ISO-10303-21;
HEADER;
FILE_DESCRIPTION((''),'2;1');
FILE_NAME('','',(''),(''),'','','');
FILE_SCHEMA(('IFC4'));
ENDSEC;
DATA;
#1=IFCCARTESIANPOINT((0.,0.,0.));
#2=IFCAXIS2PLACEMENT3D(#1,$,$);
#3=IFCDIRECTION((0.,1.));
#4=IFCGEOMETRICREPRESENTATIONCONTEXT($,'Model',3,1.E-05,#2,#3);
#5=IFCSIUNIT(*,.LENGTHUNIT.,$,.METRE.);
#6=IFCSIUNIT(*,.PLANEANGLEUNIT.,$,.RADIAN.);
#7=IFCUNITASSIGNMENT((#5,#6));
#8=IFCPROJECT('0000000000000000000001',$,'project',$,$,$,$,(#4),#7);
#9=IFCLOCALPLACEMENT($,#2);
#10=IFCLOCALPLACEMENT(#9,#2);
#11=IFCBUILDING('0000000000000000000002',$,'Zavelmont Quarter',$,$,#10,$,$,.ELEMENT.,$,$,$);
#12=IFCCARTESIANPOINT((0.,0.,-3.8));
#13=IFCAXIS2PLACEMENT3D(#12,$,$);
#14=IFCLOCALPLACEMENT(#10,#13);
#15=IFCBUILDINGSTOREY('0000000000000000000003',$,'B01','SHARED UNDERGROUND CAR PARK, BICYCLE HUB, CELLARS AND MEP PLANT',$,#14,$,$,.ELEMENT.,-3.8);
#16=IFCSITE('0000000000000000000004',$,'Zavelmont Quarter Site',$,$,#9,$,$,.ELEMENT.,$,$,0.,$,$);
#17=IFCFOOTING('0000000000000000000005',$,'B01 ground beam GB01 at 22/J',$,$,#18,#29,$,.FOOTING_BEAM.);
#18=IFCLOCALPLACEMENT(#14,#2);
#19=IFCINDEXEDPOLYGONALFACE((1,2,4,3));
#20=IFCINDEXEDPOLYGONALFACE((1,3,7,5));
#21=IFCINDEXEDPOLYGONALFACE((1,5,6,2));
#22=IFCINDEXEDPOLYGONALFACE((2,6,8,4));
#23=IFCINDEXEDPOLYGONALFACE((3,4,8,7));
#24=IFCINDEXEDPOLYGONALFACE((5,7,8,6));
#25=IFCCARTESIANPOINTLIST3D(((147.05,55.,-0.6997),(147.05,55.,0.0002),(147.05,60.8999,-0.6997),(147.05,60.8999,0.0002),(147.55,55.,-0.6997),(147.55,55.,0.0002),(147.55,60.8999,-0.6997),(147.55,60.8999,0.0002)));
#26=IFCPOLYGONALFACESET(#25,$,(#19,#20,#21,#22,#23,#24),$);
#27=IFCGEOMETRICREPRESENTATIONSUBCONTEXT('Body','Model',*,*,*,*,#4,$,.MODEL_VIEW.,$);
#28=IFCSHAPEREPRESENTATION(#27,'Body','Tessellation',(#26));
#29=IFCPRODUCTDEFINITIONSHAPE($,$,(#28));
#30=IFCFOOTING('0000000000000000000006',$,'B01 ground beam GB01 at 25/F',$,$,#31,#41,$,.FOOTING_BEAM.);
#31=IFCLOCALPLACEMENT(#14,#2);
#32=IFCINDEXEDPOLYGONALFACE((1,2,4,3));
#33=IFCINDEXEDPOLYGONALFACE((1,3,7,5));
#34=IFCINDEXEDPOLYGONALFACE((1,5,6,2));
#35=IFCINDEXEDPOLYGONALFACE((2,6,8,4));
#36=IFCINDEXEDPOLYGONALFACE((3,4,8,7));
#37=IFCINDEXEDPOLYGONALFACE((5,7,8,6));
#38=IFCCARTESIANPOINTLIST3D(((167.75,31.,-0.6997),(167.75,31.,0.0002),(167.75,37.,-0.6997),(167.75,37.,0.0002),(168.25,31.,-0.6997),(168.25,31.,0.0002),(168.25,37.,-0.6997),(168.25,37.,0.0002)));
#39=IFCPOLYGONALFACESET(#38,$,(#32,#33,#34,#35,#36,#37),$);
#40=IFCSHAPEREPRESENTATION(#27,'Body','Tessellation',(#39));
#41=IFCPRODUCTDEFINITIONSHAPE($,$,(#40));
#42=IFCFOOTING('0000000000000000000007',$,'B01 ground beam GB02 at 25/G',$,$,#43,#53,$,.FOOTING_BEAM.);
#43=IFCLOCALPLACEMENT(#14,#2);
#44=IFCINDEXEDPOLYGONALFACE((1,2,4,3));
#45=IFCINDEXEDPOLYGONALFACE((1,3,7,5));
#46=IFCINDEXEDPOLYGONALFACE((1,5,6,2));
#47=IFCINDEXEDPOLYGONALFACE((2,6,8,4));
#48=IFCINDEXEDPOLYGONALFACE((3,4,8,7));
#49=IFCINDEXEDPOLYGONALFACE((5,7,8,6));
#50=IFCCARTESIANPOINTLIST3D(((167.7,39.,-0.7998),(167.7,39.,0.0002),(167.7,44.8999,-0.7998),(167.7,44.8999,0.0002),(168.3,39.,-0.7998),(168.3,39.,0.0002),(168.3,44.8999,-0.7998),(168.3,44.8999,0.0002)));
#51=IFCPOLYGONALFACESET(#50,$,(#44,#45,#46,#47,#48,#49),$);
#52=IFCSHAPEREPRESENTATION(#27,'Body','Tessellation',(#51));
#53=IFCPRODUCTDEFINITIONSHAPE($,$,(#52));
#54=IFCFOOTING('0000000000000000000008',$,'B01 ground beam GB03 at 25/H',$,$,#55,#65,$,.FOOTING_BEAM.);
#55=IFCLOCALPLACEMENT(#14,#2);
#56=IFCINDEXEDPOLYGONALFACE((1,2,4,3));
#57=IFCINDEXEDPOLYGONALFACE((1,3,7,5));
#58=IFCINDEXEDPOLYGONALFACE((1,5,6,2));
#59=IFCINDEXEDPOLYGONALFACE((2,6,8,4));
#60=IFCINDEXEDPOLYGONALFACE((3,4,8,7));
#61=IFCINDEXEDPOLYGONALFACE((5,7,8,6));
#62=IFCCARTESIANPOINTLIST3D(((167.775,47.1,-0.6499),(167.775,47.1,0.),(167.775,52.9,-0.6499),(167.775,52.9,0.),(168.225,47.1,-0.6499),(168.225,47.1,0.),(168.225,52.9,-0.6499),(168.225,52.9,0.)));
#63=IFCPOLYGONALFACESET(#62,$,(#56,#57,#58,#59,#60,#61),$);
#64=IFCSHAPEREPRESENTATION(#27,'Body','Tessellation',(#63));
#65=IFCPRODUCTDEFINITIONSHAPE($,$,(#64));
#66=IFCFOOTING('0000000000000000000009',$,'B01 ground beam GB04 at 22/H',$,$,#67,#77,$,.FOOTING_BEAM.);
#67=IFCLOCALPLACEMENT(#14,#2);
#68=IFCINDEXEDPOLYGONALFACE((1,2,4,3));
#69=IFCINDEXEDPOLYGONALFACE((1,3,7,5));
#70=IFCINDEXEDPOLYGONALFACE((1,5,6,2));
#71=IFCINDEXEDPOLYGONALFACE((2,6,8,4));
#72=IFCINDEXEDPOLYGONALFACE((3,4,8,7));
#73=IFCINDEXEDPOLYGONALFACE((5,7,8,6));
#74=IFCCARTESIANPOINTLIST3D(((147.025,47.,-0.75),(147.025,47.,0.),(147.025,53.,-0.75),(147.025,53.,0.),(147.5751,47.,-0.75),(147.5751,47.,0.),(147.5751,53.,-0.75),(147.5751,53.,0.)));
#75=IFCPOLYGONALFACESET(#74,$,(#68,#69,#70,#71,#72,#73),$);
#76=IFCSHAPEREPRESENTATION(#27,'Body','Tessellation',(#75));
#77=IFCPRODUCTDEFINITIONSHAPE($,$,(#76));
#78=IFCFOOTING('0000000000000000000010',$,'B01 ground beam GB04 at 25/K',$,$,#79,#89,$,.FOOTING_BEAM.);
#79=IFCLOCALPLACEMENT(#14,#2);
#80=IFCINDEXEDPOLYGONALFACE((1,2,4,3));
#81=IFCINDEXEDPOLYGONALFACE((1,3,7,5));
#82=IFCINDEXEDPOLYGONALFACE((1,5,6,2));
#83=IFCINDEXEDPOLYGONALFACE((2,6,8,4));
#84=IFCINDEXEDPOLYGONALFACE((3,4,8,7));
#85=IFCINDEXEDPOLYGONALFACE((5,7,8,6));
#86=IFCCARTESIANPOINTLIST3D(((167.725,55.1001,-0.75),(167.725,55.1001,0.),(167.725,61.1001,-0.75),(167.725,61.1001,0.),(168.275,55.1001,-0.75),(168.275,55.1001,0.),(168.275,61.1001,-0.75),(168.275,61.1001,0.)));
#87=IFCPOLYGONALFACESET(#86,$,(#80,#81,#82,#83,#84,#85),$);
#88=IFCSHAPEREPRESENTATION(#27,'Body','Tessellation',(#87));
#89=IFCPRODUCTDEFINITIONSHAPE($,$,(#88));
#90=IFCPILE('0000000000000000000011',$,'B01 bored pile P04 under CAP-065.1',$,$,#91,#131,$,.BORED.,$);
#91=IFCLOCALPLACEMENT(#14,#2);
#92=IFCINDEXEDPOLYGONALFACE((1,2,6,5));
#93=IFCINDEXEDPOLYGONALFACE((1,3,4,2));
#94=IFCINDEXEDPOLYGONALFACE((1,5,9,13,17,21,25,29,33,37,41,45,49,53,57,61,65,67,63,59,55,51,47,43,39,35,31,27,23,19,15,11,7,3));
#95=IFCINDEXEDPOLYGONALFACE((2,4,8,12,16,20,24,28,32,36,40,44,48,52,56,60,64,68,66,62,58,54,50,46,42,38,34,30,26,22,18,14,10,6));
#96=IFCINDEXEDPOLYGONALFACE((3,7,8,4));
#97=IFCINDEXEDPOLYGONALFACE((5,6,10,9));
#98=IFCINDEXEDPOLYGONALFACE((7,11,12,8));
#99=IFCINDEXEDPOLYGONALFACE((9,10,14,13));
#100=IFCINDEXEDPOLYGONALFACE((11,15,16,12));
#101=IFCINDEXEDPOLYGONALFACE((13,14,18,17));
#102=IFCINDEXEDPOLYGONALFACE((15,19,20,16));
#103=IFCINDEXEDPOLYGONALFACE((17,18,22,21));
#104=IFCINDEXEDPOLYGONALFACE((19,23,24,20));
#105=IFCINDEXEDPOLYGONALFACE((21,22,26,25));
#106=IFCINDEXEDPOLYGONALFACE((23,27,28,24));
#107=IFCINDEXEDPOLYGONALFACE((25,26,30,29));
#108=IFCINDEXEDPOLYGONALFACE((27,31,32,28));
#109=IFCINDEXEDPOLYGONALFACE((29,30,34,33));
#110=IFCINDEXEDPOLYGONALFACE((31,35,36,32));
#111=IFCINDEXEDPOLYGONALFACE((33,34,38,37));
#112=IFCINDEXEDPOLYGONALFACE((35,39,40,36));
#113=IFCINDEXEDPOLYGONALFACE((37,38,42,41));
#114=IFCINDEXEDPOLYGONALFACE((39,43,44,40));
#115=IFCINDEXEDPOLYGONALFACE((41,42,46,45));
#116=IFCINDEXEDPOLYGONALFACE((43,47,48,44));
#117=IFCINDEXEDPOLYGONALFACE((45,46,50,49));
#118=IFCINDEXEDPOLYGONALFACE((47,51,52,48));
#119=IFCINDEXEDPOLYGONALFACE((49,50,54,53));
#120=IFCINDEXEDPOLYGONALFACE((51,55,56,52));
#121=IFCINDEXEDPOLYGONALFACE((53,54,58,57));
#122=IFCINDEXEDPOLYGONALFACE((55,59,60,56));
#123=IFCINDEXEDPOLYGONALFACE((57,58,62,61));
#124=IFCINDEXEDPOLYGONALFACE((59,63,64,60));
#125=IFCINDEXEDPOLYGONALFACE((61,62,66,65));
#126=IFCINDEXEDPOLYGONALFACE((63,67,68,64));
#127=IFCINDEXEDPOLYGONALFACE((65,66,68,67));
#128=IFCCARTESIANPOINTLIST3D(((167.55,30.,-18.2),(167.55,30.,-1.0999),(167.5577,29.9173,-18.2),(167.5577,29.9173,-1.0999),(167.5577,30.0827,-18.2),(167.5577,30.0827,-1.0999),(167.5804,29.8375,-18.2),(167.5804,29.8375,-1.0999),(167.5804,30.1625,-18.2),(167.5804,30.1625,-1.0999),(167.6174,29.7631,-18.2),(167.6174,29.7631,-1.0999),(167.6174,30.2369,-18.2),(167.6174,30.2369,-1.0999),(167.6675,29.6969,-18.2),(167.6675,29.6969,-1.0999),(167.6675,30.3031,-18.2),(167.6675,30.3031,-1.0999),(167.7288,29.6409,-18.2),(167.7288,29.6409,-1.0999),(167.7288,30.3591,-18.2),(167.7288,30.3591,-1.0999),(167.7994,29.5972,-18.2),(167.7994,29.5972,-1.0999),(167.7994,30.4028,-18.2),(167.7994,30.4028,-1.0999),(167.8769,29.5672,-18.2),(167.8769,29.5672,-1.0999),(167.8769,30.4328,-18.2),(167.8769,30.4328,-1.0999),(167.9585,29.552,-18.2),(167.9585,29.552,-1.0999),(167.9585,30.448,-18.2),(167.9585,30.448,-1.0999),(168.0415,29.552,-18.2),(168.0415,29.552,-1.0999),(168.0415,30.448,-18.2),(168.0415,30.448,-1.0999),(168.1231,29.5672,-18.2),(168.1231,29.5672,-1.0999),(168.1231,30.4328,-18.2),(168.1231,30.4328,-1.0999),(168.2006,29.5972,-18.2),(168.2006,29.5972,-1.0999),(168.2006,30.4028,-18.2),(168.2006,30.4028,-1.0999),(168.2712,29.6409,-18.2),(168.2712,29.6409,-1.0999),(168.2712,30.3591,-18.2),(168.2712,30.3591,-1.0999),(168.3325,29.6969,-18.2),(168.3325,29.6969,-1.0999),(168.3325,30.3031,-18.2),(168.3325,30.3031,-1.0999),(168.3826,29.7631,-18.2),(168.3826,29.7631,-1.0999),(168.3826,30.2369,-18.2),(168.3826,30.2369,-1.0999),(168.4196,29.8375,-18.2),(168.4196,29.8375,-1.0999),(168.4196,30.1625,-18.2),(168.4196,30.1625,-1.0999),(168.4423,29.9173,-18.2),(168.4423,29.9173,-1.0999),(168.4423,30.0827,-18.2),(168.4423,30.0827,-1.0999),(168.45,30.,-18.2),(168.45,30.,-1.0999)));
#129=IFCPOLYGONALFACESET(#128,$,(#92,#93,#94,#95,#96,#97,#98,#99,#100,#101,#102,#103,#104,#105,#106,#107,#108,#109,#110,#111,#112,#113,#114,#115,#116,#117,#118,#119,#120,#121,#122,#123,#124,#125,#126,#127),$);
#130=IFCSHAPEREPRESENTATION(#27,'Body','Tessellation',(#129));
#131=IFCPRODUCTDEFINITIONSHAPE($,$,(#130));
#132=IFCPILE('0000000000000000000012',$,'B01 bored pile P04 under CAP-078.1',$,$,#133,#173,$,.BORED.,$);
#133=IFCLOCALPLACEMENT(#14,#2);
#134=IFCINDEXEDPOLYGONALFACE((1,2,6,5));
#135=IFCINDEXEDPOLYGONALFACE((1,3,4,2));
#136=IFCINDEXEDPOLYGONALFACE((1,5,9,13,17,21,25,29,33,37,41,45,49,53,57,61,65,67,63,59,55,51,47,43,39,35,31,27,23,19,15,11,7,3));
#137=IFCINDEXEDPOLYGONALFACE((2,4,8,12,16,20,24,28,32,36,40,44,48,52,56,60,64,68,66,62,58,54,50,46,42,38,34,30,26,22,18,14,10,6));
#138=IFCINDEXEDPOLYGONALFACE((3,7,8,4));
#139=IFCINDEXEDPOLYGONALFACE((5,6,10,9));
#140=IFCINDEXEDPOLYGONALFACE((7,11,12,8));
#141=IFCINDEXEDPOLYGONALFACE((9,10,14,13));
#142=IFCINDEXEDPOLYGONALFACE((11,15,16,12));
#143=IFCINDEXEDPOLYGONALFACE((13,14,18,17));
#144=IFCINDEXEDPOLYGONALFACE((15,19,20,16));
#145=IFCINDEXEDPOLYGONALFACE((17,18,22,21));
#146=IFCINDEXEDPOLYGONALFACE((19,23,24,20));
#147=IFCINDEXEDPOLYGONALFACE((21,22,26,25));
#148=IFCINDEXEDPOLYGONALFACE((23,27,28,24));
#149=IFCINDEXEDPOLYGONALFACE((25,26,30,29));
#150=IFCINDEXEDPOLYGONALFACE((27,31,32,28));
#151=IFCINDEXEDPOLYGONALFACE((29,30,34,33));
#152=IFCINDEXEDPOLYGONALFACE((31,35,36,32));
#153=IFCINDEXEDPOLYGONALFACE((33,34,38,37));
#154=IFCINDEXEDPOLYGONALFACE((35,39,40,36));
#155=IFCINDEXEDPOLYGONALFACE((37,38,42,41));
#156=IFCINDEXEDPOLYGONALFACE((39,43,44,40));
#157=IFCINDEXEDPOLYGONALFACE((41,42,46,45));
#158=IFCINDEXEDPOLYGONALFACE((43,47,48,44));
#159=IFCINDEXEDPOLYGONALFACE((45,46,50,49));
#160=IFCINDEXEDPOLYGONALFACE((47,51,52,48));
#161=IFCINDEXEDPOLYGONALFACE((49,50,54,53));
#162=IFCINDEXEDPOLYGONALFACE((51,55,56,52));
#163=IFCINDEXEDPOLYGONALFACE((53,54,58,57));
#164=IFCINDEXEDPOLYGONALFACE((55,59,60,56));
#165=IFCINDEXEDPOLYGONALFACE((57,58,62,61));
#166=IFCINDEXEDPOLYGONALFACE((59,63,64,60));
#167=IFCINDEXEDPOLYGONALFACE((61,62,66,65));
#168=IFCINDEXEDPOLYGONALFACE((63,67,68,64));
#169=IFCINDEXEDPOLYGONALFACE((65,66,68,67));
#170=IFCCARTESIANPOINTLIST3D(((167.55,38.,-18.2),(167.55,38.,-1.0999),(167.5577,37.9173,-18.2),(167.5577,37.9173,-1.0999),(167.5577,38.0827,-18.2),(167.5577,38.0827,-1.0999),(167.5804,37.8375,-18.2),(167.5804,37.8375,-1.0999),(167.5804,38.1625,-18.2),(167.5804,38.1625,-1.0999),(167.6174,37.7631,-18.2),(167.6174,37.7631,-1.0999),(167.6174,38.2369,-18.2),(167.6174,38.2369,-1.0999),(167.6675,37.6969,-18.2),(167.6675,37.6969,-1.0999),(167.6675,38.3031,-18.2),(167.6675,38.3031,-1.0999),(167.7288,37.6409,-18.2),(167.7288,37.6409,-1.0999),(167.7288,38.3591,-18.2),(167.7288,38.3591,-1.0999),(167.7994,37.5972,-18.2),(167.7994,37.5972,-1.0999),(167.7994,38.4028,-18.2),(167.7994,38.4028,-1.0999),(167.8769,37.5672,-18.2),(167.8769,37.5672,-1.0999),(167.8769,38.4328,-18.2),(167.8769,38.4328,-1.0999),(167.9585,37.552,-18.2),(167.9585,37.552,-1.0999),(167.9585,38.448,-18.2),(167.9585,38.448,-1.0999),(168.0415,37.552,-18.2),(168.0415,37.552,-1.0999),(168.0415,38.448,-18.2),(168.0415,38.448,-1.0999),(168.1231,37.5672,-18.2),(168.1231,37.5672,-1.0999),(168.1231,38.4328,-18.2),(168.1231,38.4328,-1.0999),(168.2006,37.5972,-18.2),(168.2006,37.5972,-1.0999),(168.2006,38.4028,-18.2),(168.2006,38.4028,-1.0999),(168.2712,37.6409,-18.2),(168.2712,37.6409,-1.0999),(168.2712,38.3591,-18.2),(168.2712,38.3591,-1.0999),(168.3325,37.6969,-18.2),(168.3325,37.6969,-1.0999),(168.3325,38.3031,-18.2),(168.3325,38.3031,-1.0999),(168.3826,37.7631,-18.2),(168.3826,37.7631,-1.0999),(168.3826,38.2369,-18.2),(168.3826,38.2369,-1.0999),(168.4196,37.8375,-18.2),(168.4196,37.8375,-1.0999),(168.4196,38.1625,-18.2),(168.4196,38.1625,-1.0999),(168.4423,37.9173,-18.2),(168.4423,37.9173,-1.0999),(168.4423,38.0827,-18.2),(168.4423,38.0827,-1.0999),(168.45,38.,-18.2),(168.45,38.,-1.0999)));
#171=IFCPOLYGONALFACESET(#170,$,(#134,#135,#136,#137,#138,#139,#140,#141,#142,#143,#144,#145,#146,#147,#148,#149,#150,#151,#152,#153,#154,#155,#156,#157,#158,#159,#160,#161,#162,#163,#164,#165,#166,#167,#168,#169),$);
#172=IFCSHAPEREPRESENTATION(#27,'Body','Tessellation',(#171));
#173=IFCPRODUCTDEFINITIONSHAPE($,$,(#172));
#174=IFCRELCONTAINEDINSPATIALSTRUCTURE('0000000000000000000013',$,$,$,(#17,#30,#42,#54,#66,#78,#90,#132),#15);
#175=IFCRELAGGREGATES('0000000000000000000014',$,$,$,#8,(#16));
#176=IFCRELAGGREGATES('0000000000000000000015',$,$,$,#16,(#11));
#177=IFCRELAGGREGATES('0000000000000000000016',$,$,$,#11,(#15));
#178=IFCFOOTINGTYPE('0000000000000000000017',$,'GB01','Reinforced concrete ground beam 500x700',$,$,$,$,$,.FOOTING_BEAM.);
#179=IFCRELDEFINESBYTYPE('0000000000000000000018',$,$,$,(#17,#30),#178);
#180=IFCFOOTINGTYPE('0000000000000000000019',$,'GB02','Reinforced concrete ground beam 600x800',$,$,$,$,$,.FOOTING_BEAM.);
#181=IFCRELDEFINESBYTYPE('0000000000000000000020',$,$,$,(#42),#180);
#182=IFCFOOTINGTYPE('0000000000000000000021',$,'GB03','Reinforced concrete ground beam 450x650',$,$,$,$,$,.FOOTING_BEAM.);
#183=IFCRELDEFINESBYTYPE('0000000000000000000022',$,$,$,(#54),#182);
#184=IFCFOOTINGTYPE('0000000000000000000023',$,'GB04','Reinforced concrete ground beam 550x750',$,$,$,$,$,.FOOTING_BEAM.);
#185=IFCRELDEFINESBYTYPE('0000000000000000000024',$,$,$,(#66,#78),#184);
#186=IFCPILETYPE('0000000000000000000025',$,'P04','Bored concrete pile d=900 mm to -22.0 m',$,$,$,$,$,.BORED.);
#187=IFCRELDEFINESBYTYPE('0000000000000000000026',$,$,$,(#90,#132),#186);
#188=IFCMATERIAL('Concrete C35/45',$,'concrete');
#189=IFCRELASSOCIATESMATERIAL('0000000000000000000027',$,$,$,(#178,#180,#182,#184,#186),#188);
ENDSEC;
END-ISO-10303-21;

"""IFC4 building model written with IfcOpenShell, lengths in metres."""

from ifc_helpers import new_model, si_unit, direction, frame, origin, origin_2d, place, context, subcontext, project, spatial, rectangle, circle, extrude, material, material_profile, profile_set, type_object, element, save


model = new_model("IFC4")

# Units and contexts
model_context = context("Model", 3, precision=1e-05, world=origin(), true_north=direction((0.0, 1.0)))
body_context = subcontext(model_context, "Body", "Model", "MODEL_VIEW")
ifc_project = project(units=[si_unit("LENGTHUNIT", "METRE"), si_unit("PLANEANGLEUNIT", "RADIAN")], contexts=[model_context])

# Site, building, storey
site_placement = place(None, origin())
site = spatial("IfcSite", under=ifc_project, at=site_placement, Name="Zavelmont Quarter Site", CompositionType="ELEMENT", RefElevation=0.0)
building_placement = place(site_placement, origin())
building = spatial("IfcBuilding", under=site, at=building_placement, Name="Zavelmont Quarter", CompositionType="ELEMENT")
storey_placement = place(building_placement, frame((0.0, 0.0, -3.8)))
storey = spatial("IfcBuildingStorey", under=building, at=storey_placement, Name="B01", Description="SHARED UNDERGROUND CAR PARK, BICYCLE HUB, CELLARS AND MEP PLANT", CompositionType="ELEMENT", Elevation=-3.8)

# Footings
ifc_material_1 = material(Name="Concrete C35/45", Category="concrete")
footing_type_1 = type_object("IfcFootingType", Name="GB01", Description="Reinforced concrete ground beam 500x700", PredefinedType="FOOTING_BEAM", material=ifc_material_1)
footing_1_placement = place(storey_placement, frame((147.3, 57.95, -0.6997), z_axis=(0.0, 0.0, 1.0), x_axis=(0.0, 1.0, 0.0)))
element("IfcFooting", 1, at=footing_1_placement, inside=storey, type_object=footing_type_1, Name="B01 ground beam GB01 at 22/J", PredefinedType="FOOTING_BEAM", context=body_context, shape_type="SweptSolid", body=[
    extrude(rectangle(XDim=5.8999, YDim=0.5, at=origin_2d()), origin(), (0.0, 0.0, 1.0), 0.7),
])
footing_2_placement = place(storey_placement, frame((168.0, 34.0, -0.6997), z_axis=(0.0, 0.0, 1.0), x_axis=(0.0, 1.0, 0.0)))
element("IfcFooting", 2, at=footing_2_placement, inside=storey, type_object=footing_type_1, Name="B01 ground beam GB01 at 25/F", PredefinedType="FOOTING_BEAM", context=body_context, shape_type="SweptSolid", body=[
    extrude(rectangle(XDim=6.0, YDim=0.5, at=origin_2d()), origin(), (0.0, 0.0, 1.0), 0.7),
])
footing_type_2 = type_object("IfcFootingType", Name="GB02", Description="Reinforced concrete ground beam 600x800", PredefinedType="FOOTING_BEAM", material=ifc_material_1)
footing_3_placement = place(storey_placement, frame((168.0, 41.95, -0.7998), z_axis=(0.0, 0.0, 1.0), x_axis=(0.0, 1.0, 0.0)))
element("IfcFooting", 3, at=footing_3_placement, inside=storey, type_object=footing_type_2, Name="B01 ground beam GB02 at 25/G", PredefinedType="FOOTING_BEAM", context=body_context, shape_type="SweptSolid", body=[
    extrude(rectangle(XDim=5.8999, YDim=0.6001, at=origin_2d()), origin(), (0.0, 0.0, 1.0), 0.8),
])
footing_type_3 = type_object("IfcFootingType", Name="GB03", Description="Reinforced concrete ground beam 450x650", PredefinedType="FOOTING_BEAM", material=ifc_material_1)
footing_4_placement = place(storey_placement, frame((168.0, 50.0, -0.6499), z_axis=(0.0, 0.0, 1.0), x_axis=(0.0, 1.0, 0.0)))
element("IfcFooting", 4, at=footing_4_placement, inside=storey, type_object=footing_type_3, Name="B01 ground beam GB03 at 25/H", PredefinedType="FOOTING_BEAM", context=body_context, shape_type="SweptSolid", body=[
    extrude(rectangle(XDim=5.8, YDim=0.45, at=origin_2d()), origin(), (0.0, 0.0, 1.0), 0.6499),
])
footing_type_4 = type_object("IfcFootingType", Name="GB04", Description="Reinforced concrete ground beam 550x750", PredefinedType="FOOTING_BEAM", material=ifc_material_1)
for number, where, z_axis, x_axis, name in (
    (5, (147.3, 50.0, -0.75), (0.0, 0.0, 1.0), (0.0, 1.0, 0.0), "B01 ground beam GB04 at 22/H"),
    (6, (168.0, 58.1001, -0.75), (0.0, 0.0, 1.0), (0.0, 1.0, 0.0), "B01 ground beam GB04 at 25/K"),
):
    element("IfcFooting", number, at=place(storey_placement, frame(where, z_axis=z_axis, x_axis=x_axis)), inside=storey, type_object=footing_type_4, Name=name, PredefinedType="FOOTING_BEAM", context=body_context, shape_type="SweptSolid", body=[
        extrude(rectangle(XDim=6.0, YDim=0.55, at=origin_2d()), origin(), (0.0, 0.0, 1.0), 0.75),
    ])

# Piles
ifc_material_profile_1 = material_profile(ifc_material_1, circle(Radius=0.45, at=origin_2d()), Name="BP900")
ifc_profile_set_1 = profile_set([ifc_material_profile_1], Name="Concrete C35/45")
pile_type_1 = type_object("IfcPileType", Name="P04", Description="Bored concrete pile d=900 mm to -22.0 m", PredefinedType="BORED", material=ifc_profile_set_1)
for number, where, z_axis, x_axis, name in (
    (7, (168.0, 30.0, -1.0999), (0.0, 0.0, -1.0), (1.0, 0.0, 0.0), "B01 bored pile P04 under CAP-065.1"),
    (8, (168.0, 38.0, -1.0999), (0.0, 0.0, -1.0), (1.0, 0.0, 0.0), "B01 bored pile P04 under CAP-078.1"),
):
    element("IfcPile", number, at=place(storey_placement, frame(where, z_axis=z_axis, x_axis=x_axis)), inside=storey, type_object=pile_type_1, Name=name, PredefinedType="BORED", context=body_context, shape_type="SweptSolid", body=[
        extrude(circle(Radius=0.45, at=origin_2d()), origin(), (0.0, 0.0, 1.0), 17.1001),
    ])

save(model, "model.ifc")
